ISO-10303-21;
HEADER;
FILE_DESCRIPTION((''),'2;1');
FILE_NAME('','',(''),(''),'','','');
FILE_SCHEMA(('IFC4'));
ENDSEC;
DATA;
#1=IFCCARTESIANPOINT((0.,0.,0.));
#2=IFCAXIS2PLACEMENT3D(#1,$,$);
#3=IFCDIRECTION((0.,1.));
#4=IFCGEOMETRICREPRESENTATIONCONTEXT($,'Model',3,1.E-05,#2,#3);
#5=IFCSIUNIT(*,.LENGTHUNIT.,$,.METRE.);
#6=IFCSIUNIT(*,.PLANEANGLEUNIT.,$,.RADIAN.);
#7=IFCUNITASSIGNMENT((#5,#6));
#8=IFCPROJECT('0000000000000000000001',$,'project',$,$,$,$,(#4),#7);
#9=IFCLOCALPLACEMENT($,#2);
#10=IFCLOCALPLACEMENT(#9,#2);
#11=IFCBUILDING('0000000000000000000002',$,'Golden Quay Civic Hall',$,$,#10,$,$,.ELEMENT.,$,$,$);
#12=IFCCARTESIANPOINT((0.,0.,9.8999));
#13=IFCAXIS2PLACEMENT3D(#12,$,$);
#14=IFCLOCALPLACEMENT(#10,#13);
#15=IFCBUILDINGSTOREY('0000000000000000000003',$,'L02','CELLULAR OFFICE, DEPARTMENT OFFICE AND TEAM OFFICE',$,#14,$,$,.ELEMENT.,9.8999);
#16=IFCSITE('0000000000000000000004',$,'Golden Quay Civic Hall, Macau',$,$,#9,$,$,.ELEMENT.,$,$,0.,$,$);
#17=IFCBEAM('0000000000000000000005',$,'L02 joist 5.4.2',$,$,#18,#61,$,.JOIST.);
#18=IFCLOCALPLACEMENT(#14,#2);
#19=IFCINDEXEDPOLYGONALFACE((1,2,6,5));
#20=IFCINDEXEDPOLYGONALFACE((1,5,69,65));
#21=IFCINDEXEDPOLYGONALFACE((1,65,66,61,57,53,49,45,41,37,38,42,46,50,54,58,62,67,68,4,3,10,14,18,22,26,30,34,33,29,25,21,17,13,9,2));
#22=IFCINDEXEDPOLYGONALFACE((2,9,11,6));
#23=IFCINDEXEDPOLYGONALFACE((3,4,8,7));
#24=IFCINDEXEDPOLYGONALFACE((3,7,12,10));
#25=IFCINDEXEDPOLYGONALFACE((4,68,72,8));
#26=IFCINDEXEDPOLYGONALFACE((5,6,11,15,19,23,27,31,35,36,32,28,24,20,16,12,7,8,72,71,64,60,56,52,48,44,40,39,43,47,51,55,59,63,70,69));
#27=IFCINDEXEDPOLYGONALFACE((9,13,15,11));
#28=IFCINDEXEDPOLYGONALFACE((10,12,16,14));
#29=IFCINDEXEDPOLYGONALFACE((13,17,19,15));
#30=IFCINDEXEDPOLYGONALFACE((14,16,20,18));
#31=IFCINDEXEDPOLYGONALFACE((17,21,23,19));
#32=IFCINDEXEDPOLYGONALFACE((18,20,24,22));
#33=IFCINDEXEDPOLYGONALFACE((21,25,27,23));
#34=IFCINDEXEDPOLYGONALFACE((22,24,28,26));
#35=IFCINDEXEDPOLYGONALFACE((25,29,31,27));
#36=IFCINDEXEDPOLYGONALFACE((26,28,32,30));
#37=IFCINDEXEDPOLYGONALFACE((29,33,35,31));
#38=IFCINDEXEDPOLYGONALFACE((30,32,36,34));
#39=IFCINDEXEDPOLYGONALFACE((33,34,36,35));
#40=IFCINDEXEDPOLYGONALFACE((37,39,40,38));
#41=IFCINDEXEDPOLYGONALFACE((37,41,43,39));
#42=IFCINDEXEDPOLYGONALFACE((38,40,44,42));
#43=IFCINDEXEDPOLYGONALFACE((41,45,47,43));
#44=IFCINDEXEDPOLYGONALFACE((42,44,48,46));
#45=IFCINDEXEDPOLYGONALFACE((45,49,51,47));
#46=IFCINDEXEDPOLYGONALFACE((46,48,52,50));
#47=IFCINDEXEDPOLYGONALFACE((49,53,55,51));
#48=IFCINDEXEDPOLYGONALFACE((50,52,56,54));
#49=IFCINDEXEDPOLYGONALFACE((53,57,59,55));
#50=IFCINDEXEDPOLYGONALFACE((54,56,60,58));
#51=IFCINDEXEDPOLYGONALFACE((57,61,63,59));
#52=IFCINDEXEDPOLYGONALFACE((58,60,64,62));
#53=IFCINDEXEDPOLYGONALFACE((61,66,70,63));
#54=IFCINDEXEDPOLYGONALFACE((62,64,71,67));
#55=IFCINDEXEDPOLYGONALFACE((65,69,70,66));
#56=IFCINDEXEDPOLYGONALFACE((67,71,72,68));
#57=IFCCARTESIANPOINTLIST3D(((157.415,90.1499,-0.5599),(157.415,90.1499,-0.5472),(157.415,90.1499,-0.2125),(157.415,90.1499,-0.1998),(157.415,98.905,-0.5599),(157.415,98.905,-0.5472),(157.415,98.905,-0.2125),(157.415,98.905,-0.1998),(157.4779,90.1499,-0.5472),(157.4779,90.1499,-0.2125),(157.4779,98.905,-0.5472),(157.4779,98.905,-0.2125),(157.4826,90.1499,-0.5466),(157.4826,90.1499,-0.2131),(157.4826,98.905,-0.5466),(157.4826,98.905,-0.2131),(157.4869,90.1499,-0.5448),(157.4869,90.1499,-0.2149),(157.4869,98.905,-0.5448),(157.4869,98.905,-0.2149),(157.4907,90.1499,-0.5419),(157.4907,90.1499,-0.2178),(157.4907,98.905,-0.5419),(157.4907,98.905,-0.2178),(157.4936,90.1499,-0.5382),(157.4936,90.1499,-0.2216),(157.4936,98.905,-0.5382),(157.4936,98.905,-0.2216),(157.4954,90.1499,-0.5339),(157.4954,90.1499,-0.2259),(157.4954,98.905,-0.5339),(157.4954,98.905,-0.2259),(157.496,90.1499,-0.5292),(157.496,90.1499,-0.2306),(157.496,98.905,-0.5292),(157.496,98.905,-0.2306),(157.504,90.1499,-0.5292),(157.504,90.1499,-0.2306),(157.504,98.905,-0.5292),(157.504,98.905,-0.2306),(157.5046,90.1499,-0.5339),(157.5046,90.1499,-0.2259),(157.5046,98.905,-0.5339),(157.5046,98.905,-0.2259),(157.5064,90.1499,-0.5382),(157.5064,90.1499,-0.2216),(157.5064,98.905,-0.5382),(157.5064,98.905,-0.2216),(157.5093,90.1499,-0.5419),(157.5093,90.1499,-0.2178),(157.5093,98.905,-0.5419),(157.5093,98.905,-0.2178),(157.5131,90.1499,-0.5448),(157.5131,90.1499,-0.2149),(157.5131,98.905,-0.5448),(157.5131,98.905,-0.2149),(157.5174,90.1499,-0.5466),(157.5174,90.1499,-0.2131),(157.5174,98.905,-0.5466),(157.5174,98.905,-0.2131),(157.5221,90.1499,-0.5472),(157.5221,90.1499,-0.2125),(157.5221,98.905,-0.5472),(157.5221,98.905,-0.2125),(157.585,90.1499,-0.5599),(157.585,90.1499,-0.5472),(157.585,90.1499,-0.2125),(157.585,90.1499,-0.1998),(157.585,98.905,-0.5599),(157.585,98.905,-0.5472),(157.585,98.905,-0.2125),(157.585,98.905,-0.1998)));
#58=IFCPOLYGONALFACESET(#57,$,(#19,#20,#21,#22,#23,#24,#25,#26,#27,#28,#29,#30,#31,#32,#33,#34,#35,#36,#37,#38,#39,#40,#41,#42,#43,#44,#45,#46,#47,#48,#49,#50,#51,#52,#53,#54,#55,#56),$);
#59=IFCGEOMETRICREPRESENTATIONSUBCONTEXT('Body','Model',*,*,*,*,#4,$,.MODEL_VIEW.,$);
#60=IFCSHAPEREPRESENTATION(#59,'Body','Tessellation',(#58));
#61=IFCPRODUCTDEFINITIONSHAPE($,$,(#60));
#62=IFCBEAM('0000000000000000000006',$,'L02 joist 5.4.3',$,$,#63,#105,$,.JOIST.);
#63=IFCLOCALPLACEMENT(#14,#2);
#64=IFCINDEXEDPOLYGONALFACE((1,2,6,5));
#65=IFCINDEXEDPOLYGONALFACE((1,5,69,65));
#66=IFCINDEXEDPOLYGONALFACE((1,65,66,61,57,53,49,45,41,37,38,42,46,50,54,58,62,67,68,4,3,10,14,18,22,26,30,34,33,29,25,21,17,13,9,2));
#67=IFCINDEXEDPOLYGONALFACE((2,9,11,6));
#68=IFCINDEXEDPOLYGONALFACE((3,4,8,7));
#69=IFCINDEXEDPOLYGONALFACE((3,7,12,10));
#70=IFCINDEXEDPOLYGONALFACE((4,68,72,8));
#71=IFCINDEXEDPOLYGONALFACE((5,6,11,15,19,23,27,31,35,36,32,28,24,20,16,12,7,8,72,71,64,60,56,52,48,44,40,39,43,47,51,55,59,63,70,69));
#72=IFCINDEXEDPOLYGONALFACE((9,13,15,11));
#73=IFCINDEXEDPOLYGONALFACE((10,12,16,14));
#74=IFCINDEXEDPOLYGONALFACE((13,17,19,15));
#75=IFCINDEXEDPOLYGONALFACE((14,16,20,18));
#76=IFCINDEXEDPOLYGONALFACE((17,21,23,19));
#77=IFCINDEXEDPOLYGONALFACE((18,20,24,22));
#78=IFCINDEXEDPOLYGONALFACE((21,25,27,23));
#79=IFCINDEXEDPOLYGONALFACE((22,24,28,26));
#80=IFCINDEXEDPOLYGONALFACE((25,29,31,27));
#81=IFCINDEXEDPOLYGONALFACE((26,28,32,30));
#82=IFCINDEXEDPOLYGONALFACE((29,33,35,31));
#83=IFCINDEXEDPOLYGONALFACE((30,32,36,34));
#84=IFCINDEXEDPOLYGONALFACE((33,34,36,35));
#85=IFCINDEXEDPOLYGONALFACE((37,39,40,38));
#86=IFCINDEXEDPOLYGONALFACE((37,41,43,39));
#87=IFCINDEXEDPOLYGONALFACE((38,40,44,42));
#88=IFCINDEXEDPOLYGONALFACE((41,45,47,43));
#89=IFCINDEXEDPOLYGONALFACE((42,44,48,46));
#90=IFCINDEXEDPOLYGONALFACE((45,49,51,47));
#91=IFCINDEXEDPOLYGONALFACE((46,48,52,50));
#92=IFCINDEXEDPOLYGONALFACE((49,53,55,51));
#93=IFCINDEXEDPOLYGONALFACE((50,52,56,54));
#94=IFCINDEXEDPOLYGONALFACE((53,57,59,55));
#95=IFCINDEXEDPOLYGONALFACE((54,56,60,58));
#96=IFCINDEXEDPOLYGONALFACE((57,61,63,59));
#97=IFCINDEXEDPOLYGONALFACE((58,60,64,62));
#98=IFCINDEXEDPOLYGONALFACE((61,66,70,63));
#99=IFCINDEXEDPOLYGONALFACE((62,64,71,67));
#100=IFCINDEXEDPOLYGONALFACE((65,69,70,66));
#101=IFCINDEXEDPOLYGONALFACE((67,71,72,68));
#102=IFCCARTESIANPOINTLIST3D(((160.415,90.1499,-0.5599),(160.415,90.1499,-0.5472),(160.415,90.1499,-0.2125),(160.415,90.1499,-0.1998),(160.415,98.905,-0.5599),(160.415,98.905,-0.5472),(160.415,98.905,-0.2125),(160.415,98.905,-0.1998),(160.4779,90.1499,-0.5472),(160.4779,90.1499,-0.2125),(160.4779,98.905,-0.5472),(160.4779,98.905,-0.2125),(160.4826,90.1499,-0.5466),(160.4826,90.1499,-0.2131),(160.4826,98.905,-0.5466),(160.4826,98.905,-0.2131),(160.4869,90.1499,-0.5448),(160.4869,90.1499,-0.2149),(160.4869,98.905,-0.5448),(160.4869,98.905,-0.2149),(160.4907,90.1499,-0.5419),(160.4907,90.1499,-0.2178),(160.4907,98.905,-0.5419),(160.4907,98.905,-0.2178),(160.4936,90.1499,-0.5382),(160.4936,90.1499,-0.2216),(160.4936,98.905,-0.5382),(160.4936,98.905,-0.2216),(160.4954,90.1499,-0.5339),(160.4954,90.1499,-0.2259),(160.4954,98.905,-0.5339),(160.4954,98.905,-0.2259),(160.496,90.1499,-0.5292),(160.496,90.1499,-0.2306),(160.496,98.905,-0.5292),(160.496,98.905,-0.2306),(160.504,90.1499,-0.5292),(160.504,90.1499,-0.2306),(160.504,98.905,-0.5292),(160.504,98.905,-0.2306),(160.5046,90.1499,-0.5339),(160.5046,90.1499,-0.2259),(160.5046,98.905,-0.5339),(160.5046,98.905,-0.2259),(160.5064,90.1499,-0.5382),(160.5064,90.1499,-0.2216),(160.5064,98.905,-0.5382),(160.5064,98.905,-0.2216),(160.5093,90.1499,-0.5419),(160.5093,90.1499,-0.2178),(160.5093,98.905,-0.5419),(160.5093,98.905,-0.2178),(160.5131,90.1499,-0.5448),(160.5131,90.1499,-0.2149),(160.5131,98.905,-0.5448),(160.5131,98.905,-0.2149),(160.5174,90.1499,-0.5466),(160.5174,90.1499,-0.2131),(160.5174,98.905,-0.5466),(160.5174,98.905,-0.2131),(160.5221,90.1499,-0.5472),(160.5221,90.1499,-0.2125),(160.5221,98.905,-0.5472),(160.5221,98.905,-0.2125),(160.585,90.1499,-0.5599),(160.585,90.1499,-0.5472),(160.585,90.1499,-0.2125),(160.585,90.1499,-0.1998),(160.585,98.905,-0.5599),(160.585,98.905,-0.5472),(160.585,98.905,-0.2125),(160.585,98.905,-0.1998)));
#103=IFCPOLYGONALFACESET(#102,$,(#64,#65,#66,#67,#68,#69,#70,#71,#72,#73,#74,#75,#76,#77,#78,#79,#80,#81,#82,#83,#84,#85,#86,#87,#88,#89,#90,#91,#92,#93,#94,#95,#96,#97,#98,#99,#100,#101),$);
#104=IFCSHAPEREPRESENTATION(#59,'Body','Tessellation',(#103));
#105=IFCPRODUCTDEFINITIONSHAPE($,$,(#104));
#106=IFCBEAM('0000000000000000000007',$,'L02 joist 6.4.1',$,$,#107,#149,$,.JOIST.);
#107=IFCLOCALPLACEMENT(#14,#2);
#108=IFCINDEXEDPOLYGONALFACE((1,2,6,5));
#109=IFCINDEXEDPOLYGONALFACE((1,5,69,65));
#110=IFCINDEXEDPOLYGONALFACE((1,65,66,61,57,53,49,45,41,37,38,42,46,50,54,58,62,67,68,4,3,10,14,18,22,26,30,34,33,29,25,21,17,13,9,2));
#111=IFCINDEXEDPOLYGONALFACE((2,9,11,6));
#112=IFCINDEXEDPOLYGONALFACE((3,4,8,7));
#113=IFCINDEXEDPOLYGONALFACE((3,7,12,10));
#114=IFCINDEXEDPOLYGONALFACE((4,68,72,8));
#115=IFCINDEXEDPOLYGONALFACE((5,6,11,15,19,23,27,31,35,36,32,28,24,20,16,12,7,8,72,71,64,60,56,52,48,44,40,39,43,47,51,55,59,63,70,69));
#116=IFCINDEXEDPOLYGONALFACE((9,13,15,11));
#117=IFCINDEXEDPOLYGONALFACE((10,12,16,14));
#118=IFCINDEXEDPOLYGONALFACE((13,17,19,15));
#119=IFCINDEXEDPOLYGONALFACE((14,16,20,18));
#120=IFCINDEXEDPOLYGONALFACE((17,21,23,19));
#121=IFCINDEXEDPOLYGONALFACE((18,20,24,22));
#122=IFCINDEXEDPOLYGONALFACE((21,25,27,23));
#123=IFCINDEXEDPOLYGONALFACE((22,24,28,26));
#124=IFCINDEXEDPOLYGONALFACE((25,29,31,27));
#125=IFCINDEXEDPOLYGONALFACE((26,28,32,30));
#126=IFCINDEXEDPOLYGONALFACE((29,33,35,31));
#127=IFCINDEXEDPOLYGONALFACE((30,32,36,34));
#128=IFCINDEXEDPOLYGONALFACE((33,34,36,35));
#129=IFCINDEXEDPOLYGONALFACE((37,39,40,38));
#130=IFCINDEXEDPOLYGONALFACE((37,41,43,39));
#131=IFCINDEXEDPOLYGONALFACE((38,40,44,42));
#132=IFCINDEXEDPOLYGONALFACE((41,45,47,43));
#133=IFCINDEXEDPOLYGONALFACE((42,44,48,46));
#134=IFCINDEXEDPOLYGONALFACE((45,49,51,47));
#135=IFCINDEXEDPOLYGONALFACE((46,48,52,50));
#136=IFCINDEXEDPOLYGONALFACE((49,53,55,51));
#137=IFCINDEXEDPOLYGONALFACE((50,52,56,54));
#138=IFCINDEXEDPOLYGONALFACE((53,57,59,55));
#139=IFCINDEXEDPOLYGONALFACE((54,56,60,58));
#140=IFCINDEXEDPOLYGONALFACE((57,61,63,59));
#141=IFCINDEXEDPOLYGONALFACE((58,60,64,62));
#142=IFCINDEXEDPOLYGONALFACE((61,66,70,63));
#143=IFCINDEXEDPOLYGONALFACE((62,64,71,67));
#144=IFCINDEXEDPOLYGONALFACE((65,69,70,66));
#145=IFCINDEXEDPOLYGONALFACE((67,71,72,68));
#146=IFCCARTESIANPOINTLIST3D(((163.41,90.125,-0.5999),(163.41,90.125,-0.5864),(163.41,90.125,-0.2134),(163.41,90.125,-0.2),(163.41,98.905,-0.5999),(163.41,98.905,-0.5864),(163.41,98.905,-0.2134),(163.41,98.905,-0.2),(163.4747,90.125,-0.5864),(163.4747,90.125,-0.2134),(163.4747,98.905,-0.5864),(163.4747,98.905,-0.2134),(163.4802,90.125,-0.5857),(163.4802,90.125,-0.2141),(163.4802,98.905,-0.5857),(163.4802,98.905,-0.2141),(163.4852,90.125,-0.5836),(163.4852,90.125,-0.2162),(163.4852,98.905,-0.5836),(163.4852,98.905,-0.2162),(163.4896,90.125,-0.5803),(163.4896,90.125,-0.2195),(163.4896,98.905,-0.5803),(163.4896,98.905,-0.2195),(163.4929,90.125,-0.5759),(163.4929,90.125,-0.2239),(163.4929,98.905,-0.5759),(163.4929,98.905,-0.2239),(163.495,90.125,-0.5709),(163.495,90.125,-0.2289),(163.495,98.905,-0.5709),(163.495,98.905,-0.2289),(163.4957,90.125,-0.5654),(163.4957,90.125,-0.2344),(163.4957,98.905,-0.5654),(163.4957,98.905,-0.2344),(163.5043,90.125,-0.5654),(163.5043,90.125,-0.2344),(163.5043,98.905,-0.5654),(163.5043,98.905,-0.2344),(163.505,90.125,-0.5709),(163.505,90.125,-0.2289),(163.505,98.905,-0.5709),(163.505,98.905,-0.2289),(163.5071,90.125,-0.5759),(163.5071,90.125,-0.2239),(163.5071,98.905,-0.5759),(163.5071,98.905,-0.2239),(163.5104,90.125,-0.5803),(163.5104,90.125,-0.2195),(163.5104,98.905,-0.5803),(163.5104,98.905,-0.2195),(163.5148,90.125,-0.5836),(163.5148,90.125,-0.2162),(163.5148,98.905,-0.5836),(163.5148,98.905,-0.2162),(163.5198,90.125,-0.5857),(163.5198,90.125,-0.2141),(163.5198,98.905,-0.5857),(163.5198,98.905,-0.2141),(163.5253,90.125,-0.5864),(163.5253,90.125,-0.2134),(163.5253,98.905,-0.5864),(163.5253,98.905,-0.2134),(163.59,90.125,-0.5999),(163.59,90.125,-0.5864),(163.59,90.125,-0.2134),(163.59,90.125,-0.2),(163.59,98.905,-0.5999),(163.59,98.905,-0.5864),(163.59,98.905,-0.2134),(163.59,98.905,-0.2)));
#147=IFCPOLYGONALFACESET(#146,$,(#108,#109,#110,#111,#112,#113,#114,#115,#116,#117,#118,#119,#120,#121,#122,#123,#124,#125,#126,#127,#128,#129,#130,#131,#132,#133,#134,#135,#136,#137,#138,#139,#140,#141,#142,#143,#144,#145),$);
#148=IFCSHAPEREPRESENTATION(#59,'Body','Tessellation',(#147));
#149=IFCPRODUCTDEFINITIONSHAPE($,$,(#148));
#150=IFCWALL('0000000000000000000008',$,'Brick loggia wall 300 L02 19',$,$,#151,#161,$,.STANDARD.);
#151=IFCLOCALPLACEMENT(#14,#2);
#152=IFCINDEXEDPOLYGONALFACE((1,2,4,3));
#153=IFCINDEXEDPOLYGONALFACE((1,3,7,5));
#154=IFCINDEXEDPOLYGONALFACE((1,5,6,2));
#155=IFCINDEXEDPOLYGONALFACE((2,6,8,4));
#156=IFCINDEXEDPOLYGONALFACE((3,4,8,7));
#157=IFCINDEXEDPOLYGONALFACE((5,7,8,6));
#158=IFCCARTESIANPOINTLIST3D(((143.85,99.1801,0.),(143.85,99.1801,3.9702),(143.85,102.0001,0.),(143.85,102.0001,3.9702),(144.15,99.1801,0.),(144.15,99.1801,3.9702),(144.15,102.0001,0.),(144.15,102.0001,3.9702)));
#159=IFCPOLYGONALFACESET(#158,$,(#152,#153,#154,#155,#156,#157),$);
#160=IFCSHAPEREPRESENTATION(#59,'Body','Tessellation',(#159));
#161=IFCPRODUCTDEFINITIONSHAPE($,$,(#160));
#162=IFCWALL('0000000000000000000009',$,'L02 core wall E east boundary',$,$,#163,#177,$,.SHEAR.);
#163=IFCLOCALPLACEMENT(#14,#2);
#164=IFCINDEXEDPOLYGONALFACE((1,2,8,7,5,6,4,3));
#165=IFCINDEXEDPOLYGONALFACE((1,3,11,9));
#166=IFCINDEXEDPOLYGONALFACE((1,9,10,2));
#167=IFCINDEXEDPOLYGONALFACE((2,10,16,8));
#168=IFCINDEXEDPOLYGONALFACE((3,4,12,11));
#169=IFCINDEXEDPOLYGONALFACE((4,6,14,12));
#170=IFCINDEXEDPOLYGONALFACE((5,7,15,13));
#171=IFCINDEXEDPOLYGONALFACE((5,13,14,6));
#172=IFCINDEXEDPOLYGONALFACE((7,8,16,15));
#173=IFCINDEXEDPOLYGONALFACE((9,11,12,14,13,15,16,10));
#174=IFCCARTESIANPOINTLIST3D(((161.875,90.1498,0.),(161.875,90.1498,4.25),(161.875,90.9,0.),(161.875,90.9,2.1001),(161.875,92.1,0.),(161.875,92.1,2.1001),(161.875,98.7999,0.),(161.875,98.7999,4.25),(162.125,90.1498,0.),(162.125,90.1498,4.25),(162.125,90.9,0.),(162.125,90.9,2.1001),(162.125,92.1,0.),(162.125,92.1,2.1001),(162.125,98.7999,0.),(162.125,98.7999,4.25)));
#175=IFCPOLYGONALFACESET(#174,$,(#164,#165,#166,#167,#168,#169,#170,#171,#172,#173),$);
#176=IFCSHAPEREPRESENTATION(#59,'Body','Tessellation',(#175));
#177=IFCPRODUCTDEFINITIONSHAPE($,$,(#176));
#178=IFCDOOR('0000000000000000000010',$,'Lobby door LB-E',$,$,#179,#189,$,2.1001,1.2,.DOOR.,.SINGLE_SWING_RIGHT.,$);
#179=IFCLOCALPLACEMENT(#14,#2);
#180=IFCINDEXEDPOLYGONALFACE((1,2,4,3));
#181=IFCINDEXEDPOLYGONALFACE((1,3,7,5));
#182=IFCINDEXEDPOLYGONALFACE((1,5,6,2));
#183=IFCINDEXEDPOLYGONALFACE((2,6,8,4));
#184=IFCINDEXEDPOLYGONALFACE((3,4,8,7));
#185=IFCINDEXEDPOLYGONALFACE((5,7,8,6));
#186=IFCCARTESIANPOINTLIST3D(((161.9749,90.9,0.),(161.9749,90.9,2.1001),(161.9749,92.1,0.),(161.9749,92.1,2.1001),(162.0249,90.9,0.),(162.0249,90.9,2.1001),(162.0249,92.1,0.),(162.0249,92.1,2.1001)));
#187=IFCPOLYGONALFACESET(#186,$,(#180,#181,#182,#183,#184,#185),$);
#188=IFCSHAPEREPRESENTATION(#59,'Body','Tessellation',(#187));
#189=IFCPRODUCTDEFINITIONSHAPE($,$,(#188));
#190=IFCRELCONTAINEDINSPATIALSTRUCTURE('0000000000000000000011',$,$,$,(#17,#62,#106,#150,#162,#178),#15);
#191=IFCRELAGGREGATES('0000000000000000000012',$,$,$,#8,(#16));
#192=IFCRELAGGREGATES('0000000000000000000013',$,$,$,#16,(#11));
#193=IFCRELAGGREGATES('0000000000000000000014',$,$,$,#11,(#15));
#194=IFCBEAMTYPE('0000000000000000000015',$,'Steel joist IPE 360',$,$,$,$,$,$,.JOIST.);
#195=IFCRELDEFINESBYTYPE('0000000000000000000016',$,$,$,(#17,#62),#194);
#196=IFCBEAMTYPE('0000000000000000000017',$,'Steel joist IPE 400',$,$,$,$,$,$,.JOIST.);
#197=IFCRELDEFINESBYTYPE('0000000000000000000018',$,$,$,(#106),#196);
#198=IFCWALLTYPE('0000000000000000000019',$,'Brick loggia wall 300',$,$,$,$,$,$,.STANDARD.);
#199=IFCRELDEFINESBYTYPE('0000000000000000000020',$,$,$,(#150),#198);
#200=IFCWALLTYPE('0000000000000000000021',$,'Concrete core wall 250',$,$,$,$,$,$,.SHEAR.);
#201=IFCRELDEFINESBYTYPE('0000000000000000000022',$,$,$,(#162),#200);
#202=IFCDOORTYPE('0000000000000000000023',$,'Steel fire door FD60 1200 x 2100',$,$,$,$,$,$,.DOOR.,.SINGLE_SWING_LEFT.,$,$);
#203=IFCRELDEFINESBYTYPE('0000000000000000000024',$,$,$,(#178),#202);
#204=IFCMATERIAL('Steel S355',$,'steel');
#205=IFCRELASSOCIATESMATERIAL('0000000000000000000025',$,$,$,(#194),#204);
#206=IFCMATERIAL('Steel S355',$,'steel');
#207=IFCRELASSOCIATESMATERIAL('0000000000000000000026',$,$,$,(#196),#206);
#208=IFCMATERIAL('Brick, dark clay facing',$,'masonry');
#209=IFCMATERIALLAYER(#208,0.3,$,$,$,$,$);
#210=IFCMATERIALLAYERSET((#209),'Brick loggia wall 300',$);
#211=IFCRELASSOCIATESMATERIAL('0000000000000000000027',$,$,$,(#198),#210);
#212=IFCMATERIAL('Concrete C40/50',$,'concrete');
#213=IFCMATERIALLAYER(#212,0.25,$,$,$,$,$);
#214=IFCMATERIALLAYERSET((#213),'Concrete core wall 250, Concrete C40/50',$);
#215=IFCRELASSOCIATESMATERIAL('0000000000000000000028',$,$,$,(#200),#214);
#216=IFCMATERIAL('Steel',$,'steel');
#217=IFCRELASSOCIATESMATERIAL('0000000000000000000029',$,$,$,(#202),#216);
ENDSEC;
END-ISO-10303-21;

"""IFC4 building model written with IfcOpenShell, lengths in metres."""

from ifc_helpers import new_model, si_unit, direction, frame, frame_2d, origin, origin_2d, place, context, subcontext, project, spatial, rectangle, i_section, extrude, material, layer, layer_set, material_profile, profile_set, type_object, element, fill, save


model = new_model("IFC4")

# Units and contexts
model_context = context("Model", 3, precision=1e-05, world=origin(), true_north=direction((0.0, 1.0)))
body_context = subcontext(model_context, "Body", "Model", "MODEL_VIEW")
ifc_project = project(units=[si_unit("LENGTHUNIT", "METRE"), si_unit("PLANEANGLEUNIT", "RADIAN")], contexts=[model_context])

# Site, building, storey
site_placement = place(None, origin())
site = spatial("IfcSite", under=ifc_project, at=site_placement, Name="Golden Quay Civic Hall, Macau", CompositionType="ELEMENT", RefElevation=0.0)
building_placement = place(site_placement, origin())
building = spatial("IfcBuilding", under=site, at=building_placement, Name="Golden Quay Civic Hall", CompositionType="ELEMENT")
storey_placement = place(building_placement, frame((0.0, 0.0, 9.8999)))
storey = spatial("IfcBuildingStorey", under=building, at=storey_placement, Name="L02", Description="CELLULAR OFFICE, DEPARTMENT OFFICE AND TEAM OFFICE", CompositionType="ELEMENT", Elevation=9.8999)

# Beams
ifc_material_1 = material(Name="Steel S355", Category="steel")
ifc_material_profile_1 = material_profile(ifc_material_1, i_section(OverallWidth=0.1699, OverallDepth=0.3601, WebThickness=0.0081, FlangeThickness=0.0127, FilletRadius=0.0181, at=origin_2d()), Name="IPE 360")
ifc_profile_set_1 = profile_set([ifc_material_profile_1], Name="Steel S355")
beam_type_1 = type_object("IfcBeamType", Name="Steel joist IPE 360", PredefinedType="JOIST", material=ifc_profile_set_1)
for number, where, z_axis, x_axis, name in (
    (1, (157.5, 90.1499, -0.3799), (0.0, 1.0, 0.0), (-1.0, 0.0, 0.0), "L02 joist 5.4.2"),
    (2, (160.5, 90.1499, -0.3799), (0.0, 1.0, 0.0), (-1.0, 0.0, 0.0), "L02 joist 5.4.3"),
):
    element("IfcBeam", number, at=place(storey_placement, frame(where, z_axis=z_axis, x_axis=x_axis)), inside=storey, type_object=beam_type_1, Name=name, PredefinedType="JOIST", context=body_context, shape_type="SweptSolid", body=[
        extrude(i_section(OverallWidth=0.1699, OverallDepth=0.3601, WebThickness=0.0081, FlangeThickness=0.0127, FilletRadius=0.0181, at=origin_2d()), origin(), (0.0, 0.0, 1.0), 8.7551),
    ])
ifc_material_2 = material(Name="Steel S355", Category="steel")
ifc_material_profile_2 = material_profile(ifc_material_2, i_section(OverallWidth=0.1799, OverallDepth=0.3999, WebThickness=0.0085, FlangeThickness=0.0134, FilletRadius=0.021, at=origin_2d()), Name="IPE 400")
ifc_profile_set_2 = profile_set([ifc_material_profile_2], Name="Steel S355")
beam_type_2 = type_object("IfcBeamType", Name="Steel joist IPE 400", PredefinedType="JOIST", material=ifc_profile_set_2)
beam_1_placement = place(storey_placement, frame((163.5, 90.125, -0.3999), z_axis=(0.0, 1.0, 0.0), x_axis=(-1.0, 0.0, 0.0)))
element("IfcBeam", 3, at=beam_1_placement, inside=storey, type_object=beam_type_2, Name="L02 joist 6.4.1", PredefinedType="JOIST", context=body_context, shape_type="SweptSolid", body=[
    extrude(i_section(OverallWidth=0.1799, OverallDepth=0.3999, WebThickness=0.0085, FlangeThickness=0.0134, FilletRadius=0.021, at=origin_2d()), origin(), (0.0, 0.0, 1.0), 8.78),
])

# Wall
ifc_material_3 = material(Name="Brick, dark clay facing", Category="masonry")
ifc_layer_1 = layer(ifc_material_3, 0.3)
ifc_layer_set_1 = layer_set([ifc_layer_1], Name="Brick loggia wall 300")
wall_type_1 = type_object("IfcWallType", Name="Brick loggia wall 300", PredefinedType="STANDARD", material=ifc_layer_set_1)
wall_1_placement = place(storey_placement, frame((144.0, 99.1799, 0.0), z_axis=(0.0, 0.0, 1.0), x_axis=(0.0, 1.0, 0.0)))
element("IfcWall", 4, at=wall_1_placement, inside=storey, type_object=wall_type_1, Name="Brick loggia wall 300 L02 19", PredefinedType="STANDARD", context=body_context, shape_type="SweptSolid", body=[
    extrude(rectangle(XDim=2.8201, YDim=0.3, at=frame_2d((1.4102, 0.0))), origin(), (0.0, 0.0, 1.0), 3.9702),
])

# Wall, opening, door
ifc_material_4 = material(Name="Concrete C40/50", Category="concrete")
ifc_layer_2 = layer(ifc_material_4, 0.25)
ifc_layer_set_2 = layer_set([ifc_layer_2], Name="Concrete core wall 250, Concrete C40/50")
wall_type_2 = type_object("IfcWallType", Name="Concrete core wall 250", PredefinedType="SHEAR", material=ifc_layer_set_2)
wall_2_placement = place(storey_placement, frame((162.0, 98.8, 0.0), z_axis=(0.0, 0.0, 1.0), x_axis=(0.0, -1.0, 0.0)))
wall_2 = element("IfcWall", 5, at=wall_2_placement, inside=storey, type_object=wall_type_2, Name="L02 core wall E east boundary", PredefinedType="SHEAR", context=body_context, shape_type="SweptSolid", body=[
    extrude(rectangle(XDim=8.6501, YDim=0.25, at=frame_2d((4.3252, 0.0))), origin(), (0.0, 0.0, 1.0), 4.25),
])
opening_1_placement = place(wall_2_placement, frame((6.7, 0.0, 0.0)))
opening_1 = element("IfcOpeningElement", 6, at=opening_1_placement, cuts=wall_2, PredefinedType="OPENING", context=body_context, shape_type="SweptSolid", body=[
    extrude(rectangle(XDim=1.2, YDim=2.1001, at=frame_2d((0.6001, 1.05))), frame((0.0, 0.135, 0.0), z_axis=(0.0, -1.0, 0.0), x_axis=(1.0, 0.0, 0.0)), (0.0, 0.0, 1.0), 0.27),
])
ifc_material_5 = material(Name="Steel", Category="steel")
door_type_1 = type_object("IfcDoorType", Name="Steel fire door FD60 1200 x 2100", OperationType="SINGLE_SWING_LEFT", PredefinedType="DOOR", material=ifc_material_5)
door_1_placement = place(opening_1_placement, frame((1.2, 0.0, 0.0), z_axis=(0.0, 0.0, 1.0), x_axis=(-1.0, 0.0, 0.0)))
door_1 = element("IfcDoor", 7, at=door_1_placement, inside=storey, type_object=door_type_1, Name="Lobby door LB-E", OperationType="SINGLE_SWING_RIGHT", OverallHeight=2.1001, OverallWidth=1.2, PredefinedType="DOOR", context=body_context, shape_type="SweptSolid", body=[
    extrude(rectangle(XDim=1.2, YDim=2.1001, at=frame_2d((0.5999, 1.05))), frame((0.0, 0.0251, 0.0), z_axis=(0.0, -1.0, 0.0), x_axis=(1.0, 0.0, 0.0)), (0.0, 0.0, 1.0), 0.05),
])
fill(opening_1, door_1)

save(model, "model.ifc")
